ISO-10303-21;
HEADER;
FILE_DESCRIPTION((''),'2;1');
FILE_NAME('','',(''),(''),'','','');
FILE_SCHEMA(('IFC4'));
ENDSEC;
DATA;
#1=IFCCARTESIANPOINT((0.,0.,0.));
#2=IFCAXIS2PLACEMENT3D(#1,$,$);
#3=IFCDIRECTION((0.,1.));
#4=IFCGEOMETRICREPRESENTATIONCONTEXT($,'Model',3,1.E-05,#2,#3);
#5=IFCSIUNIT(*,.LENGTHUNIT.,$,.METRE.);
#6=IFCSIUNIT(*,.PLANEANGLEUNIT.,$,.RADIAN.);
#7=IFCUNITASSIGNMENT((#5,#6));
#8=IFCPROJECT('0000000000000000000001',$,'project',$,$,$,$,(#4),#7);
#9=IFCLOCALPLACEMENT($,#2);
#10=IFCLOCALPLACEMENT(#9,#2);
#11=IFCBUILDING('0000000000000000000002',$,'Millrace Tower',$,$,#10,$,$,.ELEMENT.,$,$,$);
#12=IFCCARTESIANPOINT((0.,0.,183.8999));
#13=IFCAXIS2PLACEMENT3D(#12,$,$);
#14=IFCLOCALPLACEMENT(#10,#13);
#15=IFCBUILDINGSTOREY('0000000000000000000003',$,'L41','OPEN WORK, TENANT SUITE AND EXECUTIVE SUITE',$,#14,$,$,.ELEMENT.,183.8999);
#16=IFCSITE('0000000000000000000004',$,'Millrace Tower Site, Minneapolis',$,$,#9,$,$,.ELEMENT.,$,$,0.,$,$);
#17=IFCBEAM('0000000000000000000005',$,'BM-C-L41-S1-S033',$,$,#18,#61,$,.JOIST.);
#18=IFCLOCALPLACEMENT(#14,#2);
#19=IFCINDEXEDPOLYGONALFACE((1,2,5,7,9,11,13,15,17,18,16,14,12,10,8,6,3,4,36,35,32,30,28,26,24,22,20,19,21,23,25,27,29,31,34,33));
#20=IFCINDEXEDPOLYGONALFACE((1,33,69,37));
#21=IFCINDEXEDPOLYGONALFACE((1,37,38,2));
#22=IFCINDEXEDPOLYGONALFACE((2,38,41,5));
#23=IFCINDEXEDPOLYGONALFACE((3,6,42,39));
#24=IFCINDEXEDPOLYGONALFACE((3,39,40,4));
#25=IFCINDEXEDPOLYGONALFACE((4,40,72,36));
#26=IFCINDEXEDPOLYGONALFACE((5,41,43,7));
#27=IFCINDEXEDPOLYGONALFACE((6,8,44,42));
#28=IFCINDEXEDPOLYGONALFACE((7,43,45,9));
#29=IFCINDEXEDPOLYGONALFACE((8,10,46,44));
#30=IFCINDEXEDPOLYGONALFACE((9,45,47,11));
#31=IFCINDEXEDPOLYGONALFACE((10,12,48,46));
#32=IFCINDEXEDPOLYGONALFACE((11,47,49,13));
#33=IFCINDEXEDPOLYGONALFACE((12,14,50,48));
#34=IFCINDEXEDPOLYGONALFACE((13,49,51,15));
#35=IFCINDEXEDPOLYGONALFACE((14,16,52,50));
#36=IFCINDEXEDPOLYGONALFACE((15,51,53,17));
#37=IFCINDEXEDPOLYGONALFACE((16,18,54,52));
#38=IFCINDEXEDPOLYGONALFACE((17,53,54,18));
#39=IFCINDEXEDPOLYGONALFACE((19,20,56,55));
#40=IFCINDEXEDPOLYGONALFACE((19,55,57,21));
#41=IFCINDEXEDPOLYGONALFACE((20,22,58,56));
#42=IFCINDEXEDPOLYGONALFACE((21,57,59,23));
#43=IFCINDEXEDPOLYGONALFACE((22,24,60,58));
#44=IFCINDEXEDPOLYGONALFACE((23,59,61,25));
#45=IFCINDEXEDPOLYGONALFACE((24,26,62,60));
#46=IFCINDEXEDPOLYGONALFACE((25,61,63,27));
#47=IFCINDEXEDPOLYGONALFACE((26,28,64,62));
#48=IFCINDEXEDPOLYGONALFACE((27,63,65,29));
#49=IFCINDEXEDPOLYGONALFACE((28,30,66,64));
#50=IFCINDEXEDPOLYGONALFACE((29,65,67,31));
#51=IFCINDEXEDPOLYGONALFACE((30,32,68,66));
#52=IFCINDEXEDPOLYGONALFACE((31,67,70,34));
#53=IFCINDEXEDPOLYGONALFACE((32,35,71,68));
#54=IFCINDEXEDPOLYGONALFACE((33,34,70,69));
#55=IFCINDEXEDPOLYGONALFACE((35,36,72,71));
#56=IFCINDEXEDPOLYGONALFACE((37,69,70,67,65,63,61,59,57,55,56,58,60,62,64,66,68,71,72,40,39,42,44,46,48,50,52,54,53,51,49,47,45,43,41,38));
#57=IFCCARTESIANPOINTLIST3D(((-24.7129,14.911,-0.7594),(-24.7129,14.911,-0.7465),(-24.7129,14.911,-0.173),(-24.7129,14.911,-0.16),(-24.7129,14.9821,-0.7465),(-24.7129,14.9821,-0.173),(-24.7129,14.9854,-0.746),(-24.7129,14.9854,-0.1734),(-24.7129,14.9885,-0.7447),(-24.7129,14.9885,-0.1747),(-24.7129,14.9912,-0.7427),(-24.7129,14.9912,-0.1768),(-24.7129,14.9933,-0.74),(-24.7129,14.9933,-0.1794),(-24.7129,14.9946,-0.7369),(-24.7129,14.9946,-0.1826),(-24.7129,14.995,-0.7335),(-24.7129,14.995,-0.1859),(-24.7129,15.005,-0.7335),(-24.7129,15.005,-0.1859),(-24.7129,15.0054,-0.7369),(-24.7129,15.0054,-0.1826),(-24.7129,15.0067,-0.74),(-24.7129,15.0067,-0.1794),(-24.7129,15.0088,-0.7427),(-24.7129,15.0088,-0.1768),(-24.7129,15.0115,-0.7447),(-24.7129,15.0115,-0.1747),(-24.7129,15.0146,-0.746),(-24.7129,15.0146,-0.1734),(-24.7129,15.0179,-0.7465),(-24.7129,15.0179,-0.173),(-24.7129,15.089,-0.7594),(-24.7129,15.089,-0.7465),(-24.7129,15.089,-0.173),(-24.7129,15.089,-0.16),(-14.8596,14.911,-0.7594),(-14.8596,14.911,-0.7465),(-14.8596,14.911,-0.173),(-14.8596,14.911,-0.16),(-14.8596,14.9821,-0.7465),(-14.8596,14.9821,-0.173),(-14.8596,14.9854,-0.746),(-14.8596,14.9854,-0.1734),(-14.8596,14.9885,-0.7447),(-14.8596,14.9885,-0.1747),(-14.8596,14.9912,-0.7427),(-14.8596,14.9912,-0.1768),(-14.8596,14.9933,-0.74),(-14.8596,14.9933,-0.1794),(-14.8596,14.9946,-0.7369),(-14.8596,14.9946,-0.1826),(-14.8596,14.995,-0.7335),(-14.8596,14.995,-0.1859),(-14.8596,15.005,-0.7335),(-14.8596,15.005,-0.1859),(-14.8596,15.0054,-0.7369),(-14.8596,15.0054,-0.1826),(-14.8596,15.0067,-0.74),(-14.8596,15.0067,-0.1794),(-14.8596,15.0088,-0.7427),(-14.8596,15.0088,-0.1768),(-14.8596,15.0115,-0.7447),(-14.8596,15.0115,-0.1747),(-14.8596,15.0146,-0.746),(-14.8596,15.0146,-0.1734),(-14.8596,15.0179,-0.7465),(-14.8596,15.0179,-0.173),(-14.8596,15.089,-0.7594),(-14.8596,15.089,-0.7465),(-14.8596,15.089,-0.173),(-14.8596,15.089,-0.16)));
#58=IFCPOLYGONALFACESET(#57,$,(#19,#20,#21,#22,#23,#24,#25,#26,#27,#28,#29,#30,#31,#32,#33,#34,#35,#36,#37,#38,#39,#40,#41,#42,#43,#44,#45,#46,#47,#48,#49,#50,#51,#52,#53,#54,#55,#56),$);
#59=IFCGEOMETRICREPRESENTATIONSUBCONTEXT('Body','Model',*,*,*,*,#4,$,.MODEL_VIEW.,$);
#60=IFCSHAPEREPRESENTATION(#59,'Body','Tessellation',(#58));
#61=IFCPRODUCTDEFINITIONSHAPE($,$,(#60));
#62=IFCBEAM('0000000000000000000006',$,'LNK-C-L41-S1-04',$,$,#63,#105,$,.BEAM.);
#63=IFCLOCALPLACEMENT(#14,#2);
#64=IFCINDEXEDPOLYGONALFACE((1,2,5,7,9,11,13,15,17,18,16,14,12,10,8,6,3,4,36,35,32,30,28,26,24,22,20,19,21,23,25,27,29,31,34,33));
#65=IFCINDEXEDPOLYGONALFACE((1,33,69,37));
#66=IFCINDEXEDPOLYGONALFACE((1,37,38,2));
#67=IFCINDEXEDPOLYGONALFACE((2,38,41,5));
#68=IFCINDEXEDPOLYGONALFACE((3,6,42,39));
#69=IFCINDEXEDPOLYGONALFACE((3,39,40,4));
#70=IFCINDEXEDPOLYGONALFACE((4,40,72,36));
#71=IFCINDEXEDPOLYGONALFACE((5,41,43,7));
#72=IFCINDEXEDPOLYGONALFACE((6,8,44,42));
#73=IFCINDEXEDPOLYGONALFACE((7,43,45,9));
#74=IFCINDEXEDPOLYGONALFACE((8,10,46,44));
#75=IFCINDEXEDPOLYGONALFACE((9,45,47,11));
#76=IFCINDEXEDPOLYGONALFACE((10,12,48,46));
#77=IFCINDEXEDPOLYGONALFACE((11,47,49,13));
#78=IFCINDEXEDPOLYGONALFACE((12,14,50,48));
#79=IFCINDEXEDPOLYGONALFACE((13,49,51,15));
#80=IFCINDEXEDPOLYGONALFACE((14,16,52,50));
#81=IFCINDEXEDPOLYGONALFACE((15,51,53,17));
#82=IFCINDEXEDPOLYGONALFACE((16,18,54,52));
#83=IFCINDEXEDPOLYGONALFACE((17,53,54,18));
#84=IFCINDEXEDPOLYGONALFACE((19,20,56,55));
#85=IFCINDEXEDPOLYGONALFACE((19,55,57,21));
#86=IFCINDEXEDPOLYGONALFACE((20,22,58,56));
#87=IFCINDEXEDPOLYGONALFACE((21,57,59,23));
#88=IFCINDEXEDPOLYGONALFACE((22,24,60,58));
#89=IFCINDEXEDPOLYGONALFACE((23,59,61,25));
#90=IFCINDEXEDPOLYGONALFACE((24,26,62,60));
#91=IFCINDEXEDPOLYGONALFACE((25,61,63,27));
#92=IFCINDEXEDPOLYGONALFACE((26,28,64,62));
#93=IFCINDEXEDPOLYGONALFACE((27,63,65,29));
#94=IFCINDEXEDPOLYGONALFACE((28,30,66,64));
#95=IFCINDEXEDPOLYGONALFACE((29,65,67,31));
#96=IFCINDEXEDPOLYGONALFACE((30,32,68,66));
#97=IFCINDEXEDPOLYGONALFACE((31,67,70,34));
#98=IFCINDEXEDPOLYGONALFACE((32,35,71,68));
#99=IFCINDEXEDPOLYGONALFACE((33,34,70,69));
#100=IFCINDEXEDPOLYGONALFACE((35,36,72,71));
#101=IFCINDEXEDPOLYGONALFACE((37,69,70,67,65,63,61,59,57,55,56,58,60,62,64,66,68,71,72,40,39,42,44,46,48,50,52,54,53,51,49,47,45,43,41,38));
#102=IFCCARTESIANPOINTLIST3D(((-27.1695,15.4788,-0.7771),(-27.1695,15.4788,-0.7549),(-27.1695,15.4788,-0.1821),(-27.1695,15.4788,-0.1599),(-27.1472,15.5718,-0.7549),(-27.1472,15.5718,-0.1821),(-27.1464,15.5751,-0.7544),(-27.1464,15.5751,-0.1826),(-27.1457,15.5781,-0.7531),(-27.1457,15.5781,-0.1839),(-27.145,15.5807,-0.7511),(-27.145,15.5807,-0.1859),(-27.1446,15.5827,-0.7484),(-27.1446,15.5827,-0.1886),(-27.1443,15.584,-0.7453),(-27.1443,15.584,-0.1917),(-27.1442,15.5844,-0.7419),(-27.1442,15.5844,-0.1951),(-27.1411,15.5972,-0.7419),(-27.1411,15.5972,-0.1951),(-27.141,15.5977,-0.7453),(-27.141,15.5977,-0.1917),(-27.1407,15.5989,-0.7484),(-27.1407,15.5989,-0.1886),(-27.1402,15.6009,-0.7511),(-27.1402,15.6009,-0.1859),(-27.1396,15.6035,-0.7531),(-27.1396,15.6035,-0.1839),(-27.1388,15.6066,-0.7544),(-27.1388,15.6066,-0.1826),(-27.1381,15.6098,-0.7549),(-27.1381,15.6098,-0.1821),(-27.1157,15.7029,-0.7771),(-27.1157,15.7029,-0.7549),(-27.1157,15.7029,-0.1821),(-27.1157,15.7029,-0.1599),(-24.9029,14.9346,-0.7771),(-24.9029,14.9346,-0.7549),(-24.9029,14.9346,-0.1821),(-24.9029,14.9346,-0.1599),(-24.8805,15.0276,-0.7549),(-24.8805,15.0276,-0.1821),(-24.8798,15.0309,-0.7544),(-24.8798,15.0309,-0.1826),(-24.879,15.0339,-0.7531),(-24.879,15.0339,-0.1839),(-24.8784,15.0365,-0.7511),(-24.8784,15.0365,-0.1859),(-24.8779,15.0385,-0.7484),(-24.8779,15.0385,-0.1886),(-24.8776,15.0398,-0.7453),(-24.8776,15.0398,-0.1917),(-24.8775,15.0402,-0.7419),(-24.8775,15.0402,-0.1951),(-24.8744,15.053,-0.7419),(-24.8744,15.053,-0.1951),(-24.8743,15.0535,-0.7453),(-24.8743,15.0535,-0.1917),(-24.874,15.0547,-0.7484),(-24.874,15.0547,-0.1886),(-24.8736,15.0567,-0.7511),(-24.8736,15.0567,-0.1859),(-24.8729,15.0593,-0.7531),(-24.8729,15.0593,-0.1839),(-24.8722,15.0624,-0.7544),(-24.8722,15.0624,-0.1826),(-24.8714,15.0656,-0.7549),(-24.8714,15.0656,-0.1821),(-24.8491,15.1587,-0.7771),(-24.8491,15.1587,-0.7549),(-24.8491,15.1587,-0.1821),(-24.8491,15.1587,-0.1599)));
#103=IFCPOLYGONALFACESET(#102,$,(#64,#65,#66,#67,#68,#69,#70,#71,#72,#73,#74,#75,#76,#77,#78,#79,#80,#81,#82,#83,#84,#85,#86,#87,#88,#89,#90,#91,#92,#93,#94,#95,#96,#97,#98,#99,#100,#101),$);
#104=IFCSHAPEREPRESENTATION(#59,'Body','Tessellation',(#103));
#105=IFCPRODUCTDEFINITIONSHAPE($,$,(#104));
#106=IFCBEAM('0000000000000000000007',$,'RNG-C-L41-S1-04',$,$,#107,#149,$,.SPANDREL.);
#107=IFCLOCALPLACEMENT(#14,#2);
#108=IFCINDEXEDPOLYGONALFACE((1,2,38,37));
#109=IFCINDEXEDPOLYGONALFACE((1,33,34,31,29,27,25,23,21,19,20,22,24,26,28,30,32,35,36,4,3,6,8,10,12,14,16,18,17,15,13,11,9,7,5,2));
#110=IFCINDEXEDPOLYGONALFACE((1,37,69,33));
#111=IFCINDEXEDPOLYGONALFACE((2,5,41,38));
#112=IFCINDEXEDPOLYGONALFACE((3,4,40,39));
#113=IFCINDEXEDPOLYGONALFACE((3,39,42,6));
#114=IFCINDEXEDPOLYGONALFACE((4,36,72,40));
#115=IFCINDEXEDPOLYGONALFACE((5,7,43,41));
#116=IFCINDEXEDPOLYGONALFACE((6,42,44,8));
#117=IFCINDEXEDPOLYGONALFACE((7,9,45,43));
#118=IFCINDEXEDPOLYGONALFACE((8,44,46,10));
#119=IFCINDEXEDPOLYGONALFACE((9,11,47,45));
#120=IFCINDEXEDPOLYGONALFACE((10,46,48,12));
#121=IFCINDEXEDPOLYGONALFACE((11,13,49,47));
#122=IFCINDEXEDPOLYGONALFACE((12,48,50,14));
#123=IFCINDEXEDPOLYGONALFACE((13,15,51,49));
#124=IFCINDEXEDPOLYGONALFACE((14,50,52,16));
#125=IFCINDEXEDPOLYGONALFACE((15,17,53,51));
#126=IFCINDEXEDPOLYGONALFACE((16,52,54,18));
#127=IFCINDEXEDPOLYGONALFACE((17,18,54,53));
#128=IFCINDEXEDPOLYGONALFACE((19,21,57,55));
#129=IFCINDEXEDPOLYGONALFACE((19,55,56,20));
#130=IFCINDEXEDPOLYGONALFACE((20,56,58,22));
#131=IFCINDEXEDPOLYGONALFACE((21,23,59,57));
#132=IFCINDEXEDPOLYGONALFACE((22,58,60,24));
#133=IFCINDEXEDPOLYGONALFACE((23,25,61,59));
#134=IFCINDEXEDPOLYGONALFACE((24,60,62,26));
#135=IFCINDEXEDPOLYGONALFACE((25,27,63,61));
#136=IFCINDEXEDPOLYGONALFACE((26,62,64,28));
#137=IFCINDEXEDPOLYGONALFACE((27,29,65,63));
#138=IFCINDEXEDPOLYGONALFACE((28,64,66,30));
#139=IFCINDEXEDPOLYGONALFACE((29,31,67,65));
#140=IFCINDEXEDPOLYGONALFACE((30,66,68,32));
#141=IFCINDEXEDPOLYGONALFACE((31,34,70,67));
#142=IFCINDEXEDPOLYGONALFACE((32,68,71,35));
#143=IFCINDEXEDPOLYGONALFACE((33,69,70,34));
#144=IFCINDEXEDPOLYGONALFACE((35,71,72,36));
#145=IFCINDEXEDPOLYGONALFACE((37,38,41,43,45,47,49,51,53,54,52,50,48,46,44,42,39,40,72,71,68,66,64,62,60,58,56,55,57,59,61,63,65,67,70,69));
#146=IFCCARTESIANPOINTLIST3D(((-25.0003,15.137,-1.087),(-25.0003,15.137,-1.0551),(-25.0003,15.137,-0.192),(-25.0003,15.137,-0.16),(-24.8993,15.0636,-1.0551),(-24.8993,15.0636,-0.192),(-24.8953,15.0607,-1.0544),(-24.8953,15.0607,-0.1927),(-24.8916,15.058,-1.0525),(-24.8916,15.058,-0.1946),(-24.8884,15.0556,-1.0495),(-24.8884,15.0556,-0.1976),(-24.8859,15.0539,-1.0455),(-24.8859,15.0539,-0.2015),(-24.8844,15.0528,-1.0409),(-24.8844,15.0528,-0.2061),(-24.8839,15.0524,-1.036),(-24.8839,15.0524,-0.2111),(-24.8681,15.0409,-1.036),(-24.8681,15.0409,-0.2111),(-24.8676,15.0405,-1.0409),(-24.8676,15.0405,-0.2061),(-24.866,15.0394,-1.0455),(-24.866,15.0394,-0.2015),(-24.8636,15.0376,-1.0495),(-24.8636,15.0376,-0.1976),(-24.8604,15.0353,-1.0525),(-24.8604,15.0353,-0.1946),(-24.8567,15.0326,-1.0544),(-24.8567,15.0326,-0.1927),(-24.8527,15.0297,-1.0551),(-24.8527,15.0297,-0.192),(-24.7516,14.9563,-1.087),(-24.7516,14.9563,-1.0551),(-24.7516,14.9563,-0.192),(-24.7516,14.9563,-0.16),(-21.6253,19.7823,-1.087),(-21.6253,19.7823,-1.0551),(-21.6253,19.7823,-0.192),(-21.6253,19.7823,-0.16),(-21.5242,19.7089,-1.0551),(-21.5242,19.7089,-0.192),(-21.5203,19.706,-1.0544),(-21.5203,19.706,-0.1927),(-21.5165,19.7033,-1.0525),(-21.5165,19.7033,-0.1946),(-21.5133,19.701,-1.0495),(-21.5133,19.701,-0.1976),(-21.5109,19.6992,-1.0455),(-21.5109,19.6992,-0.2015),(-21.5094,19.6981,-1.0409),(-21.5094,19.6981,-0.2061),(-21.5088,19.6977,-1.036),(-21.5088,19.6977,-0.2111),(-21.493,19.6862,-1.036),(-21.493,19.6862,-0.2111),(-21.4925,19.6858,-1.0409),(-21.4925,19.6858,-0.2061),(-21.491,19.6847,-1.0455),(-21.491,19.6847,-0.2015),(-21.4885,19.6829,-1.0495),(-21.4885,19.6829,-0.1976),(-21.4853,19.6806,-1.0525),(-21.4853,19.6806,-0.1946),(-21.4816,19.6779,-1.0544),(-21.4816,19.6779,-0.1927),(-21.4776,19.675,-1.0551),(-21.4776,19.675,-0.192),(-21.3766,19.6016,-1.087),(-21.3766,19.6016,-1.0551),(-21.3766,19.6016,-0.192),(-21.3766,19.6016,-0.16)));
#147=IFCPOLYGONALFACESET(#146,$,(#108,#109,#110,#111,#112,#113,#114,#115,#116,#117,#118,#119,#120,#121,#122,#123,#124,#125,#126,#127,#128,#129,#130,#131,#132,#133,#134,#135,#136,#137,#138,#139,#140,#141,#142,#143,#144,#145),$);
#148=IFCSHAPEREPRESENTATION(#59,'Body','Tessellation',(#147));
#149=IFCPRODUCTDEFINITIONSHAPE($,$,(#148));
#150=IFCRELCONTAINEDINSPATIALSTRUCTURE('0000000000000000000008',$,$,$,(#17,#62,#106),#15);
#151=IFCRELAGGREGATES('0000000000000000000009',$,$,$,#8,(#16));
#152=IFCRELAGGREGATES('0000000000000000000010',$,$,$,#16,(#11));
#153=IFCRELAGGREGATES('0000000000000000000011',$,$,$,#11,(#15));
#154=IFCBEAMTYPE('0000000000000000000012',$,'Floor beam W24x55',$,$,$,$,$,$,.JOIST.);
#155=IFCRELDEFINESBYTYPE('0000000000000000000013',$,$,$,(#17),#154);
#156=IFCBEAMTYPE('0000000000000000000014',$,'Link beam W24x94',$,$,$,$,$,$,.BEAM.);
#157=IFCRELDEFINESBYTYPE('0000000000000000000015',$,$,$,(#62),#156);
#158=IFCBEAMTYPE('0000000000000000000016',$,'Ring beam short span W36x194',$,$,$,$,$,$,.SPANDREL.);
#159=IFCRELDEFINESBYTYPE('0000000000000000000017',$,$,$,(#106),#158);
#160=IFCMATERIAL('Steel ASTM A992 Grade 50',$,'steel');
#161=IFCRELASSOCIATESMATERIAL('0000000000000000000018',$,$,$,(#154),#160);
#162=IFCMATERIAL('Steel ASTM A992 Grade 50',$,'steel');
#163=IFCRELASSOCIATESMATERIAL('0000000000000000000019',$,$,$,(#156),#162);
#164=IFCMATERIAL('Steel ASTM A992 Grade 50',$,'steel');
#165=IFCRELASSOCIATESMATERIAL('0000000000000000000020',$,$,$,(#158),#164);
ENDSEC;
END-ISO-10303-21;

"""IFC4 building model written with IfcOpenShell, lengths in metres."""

from ifc_helpers import new_model, si_unit, direction, frame, origin, origin_2d, place, context, subcontext, project, spatial, i_section, extrude, material, material_profile, profile_set, type_object, element, save


model = new_model("IFC4")

# Units and contexts
model_context = context("Model", 3, precision=1e-05, world=origin(), true_north=direction((0.0, 1.0)))
body_context = subcontext(model_context, "Body", "Model", "MODEL_VIEW")
ifc_project = project(units=[si_unit("LENGTHUNIT", "METRE"), si_unit("PLANEANGLEUNIT", "RADIAN")], contexts=[model_context])

# Site, building, storey
site_placement = place(None, origin())
site = spatial("IfcSite", under=ifc_project, at=site_placement, Name="Millrace Tower Site, Minneapolis", CompositionType="ELEMENT", RefElevation=0.0)
building_placement = place(site_placement, origin())
building = spatial("IfcBuilding", under=site, at=building_placement, Name="Millrace Tower", CompositionType="ELEMENT")
storey_placement = place(building_placement, frame((0.0, 0.0, 183.8999)))
storey = spatial("IfcBuildingStorey", under=building, at=storey_placement, Name="L41", Description="OPEN WORK, TENANT SUITE AND EXECUTIVE SUITE", CompositionType="ELEMENT", Elevation=183.8999)

# Beams
ifc_material_1 = material(Name="Steel ASTM A992 Grade 50", Category="steel")
ifc_material_profile_1 = material_profile(ifc_material_1, i_section(OverallWidth=0.178, OverallDepth=0.5994, WebThickness=0.01, FlangeThickness=0.0129, FilletRadius=0.0129, at=origin_2d()))
ifc_profile_set_1 = profile_set([ifc_material_profile_1], Name="Steel ASTM A992 Grade 50")
beam_type_1 = type_object("IfcBeamType", Name="Floor beam W24x55", PredefinedType="JOIST", material=ifc_profile_set_1)
beam_1_placement = place(storey_placement, frame((-24.7129, 15.0, -0.4597), z_axis=(1.0, 0.0, 0.0), x_axis=(0.0, 1.0, 0.0)))
element("IfcBeam", 1, at=beam_1_placement, inside=storey, type_object=beam_type_1, Name="BM-C-L41-S1-S033", PredefinedType="JOIST", context=body_context, shape_type="SweptSolid", body=[
    extrude(i_section(OverallWidth=0.178, OverallDepth=0.5994, WebThickness=0.01, FlangeThickness=0.0129, FilletRadius=0.0129, at=origin_2d()), origin(), (0.0, 0.0, 1.0), 9.8533),
])
ifc_material_2 = material(Name="Steel ASTM A992 Grade 50", Category="steel")
ifc_material_profile_2 = material_profile(ifc_material_2, i_section(OverallWidth=0.2305, OverallDepth=0.6172, WebThickness=0.0132, FlangeThickness=0.0222, FilletRadius=0.0129, at=origin_2d()))
ifc_profile_set_2 = profile_set([ifc_material_profile_2], Name="Steel ASTM A992 Grade 50")
beam_type_2 = type_object("IfcBeamType", Name="Link beam W24x94", PredefinedType="BEAM", material=ifc_profile_set_2)
beam_2_placement = place(storey_placement, frame((-24.876, 15.0466, -0.4685), z_axis=(-0.972367, 0.233456, 0.0), x_axis=(-0.233456, -0.972367, 0.0)))
element("IfcBeam", 2, at=beam_2_placement, inside=storey, type_object=beam_type_2, Name="LNK-C-L41-S1-04", PredefinedType="BEAM", context=body_context, shape_type="SweptSolid", body=[
    extrude(i_section(OverallWidth=0.2305, OverallDepth=0.6172, WebThickness=0.0132, FlangeThickness=0.0222, FilletRadius=0.0129, at=origin_2d()), origin(), (0.0, 0.0, 1.0), 2.3311),
])
ifc_material_3 = material(Name="Steel ASTM A992 Grade 50", Category="steel")
ifc_material_profile_3 = material_profile(ifc_material_3, i_section(OverallWidth=0.3074, OverallDepth=0.927, WebThickness=0.0195, FlangeThickness=0.032, FilletRadius=0.019, at=origin_2d()))
ifc_profile_set_3 = profile_set([ifc_material_profile_3], Name="Steel ASTM A992 Grade 50")
beam_type_3 = type_object("IfcBeamType", Name="Ring beam short span W36x194", PredefinedType="SPANDREL", material=ifc_profile_set_3)
beam_3_placement = place(storey_placement, frame((-24.876, 15.0466, -0.6235), z_axis=(0.587787, 0.809015, 0.0), x_axis=(-0.809015, 0.587787, 0.0)))
element("IfcBeam", 3, at=beam_3_placement, inside=storey, type_object=beam_type_3, Name="RNG-C-L41-S1-04", PredefinedType="SPANDREL", context=body_context, shape_type="SweptSolid", body=[
    extrude(i_section(OverallWidth=0.3074, OverallDepth=0.927, WebThickness=0.0195, FlangeThickness=0.032, FilletRadius=0.019, at=origin_2d()), origin(), (0.0, 0.0, 1.0), 5.7419),
])

save(model, "model.ifc")
